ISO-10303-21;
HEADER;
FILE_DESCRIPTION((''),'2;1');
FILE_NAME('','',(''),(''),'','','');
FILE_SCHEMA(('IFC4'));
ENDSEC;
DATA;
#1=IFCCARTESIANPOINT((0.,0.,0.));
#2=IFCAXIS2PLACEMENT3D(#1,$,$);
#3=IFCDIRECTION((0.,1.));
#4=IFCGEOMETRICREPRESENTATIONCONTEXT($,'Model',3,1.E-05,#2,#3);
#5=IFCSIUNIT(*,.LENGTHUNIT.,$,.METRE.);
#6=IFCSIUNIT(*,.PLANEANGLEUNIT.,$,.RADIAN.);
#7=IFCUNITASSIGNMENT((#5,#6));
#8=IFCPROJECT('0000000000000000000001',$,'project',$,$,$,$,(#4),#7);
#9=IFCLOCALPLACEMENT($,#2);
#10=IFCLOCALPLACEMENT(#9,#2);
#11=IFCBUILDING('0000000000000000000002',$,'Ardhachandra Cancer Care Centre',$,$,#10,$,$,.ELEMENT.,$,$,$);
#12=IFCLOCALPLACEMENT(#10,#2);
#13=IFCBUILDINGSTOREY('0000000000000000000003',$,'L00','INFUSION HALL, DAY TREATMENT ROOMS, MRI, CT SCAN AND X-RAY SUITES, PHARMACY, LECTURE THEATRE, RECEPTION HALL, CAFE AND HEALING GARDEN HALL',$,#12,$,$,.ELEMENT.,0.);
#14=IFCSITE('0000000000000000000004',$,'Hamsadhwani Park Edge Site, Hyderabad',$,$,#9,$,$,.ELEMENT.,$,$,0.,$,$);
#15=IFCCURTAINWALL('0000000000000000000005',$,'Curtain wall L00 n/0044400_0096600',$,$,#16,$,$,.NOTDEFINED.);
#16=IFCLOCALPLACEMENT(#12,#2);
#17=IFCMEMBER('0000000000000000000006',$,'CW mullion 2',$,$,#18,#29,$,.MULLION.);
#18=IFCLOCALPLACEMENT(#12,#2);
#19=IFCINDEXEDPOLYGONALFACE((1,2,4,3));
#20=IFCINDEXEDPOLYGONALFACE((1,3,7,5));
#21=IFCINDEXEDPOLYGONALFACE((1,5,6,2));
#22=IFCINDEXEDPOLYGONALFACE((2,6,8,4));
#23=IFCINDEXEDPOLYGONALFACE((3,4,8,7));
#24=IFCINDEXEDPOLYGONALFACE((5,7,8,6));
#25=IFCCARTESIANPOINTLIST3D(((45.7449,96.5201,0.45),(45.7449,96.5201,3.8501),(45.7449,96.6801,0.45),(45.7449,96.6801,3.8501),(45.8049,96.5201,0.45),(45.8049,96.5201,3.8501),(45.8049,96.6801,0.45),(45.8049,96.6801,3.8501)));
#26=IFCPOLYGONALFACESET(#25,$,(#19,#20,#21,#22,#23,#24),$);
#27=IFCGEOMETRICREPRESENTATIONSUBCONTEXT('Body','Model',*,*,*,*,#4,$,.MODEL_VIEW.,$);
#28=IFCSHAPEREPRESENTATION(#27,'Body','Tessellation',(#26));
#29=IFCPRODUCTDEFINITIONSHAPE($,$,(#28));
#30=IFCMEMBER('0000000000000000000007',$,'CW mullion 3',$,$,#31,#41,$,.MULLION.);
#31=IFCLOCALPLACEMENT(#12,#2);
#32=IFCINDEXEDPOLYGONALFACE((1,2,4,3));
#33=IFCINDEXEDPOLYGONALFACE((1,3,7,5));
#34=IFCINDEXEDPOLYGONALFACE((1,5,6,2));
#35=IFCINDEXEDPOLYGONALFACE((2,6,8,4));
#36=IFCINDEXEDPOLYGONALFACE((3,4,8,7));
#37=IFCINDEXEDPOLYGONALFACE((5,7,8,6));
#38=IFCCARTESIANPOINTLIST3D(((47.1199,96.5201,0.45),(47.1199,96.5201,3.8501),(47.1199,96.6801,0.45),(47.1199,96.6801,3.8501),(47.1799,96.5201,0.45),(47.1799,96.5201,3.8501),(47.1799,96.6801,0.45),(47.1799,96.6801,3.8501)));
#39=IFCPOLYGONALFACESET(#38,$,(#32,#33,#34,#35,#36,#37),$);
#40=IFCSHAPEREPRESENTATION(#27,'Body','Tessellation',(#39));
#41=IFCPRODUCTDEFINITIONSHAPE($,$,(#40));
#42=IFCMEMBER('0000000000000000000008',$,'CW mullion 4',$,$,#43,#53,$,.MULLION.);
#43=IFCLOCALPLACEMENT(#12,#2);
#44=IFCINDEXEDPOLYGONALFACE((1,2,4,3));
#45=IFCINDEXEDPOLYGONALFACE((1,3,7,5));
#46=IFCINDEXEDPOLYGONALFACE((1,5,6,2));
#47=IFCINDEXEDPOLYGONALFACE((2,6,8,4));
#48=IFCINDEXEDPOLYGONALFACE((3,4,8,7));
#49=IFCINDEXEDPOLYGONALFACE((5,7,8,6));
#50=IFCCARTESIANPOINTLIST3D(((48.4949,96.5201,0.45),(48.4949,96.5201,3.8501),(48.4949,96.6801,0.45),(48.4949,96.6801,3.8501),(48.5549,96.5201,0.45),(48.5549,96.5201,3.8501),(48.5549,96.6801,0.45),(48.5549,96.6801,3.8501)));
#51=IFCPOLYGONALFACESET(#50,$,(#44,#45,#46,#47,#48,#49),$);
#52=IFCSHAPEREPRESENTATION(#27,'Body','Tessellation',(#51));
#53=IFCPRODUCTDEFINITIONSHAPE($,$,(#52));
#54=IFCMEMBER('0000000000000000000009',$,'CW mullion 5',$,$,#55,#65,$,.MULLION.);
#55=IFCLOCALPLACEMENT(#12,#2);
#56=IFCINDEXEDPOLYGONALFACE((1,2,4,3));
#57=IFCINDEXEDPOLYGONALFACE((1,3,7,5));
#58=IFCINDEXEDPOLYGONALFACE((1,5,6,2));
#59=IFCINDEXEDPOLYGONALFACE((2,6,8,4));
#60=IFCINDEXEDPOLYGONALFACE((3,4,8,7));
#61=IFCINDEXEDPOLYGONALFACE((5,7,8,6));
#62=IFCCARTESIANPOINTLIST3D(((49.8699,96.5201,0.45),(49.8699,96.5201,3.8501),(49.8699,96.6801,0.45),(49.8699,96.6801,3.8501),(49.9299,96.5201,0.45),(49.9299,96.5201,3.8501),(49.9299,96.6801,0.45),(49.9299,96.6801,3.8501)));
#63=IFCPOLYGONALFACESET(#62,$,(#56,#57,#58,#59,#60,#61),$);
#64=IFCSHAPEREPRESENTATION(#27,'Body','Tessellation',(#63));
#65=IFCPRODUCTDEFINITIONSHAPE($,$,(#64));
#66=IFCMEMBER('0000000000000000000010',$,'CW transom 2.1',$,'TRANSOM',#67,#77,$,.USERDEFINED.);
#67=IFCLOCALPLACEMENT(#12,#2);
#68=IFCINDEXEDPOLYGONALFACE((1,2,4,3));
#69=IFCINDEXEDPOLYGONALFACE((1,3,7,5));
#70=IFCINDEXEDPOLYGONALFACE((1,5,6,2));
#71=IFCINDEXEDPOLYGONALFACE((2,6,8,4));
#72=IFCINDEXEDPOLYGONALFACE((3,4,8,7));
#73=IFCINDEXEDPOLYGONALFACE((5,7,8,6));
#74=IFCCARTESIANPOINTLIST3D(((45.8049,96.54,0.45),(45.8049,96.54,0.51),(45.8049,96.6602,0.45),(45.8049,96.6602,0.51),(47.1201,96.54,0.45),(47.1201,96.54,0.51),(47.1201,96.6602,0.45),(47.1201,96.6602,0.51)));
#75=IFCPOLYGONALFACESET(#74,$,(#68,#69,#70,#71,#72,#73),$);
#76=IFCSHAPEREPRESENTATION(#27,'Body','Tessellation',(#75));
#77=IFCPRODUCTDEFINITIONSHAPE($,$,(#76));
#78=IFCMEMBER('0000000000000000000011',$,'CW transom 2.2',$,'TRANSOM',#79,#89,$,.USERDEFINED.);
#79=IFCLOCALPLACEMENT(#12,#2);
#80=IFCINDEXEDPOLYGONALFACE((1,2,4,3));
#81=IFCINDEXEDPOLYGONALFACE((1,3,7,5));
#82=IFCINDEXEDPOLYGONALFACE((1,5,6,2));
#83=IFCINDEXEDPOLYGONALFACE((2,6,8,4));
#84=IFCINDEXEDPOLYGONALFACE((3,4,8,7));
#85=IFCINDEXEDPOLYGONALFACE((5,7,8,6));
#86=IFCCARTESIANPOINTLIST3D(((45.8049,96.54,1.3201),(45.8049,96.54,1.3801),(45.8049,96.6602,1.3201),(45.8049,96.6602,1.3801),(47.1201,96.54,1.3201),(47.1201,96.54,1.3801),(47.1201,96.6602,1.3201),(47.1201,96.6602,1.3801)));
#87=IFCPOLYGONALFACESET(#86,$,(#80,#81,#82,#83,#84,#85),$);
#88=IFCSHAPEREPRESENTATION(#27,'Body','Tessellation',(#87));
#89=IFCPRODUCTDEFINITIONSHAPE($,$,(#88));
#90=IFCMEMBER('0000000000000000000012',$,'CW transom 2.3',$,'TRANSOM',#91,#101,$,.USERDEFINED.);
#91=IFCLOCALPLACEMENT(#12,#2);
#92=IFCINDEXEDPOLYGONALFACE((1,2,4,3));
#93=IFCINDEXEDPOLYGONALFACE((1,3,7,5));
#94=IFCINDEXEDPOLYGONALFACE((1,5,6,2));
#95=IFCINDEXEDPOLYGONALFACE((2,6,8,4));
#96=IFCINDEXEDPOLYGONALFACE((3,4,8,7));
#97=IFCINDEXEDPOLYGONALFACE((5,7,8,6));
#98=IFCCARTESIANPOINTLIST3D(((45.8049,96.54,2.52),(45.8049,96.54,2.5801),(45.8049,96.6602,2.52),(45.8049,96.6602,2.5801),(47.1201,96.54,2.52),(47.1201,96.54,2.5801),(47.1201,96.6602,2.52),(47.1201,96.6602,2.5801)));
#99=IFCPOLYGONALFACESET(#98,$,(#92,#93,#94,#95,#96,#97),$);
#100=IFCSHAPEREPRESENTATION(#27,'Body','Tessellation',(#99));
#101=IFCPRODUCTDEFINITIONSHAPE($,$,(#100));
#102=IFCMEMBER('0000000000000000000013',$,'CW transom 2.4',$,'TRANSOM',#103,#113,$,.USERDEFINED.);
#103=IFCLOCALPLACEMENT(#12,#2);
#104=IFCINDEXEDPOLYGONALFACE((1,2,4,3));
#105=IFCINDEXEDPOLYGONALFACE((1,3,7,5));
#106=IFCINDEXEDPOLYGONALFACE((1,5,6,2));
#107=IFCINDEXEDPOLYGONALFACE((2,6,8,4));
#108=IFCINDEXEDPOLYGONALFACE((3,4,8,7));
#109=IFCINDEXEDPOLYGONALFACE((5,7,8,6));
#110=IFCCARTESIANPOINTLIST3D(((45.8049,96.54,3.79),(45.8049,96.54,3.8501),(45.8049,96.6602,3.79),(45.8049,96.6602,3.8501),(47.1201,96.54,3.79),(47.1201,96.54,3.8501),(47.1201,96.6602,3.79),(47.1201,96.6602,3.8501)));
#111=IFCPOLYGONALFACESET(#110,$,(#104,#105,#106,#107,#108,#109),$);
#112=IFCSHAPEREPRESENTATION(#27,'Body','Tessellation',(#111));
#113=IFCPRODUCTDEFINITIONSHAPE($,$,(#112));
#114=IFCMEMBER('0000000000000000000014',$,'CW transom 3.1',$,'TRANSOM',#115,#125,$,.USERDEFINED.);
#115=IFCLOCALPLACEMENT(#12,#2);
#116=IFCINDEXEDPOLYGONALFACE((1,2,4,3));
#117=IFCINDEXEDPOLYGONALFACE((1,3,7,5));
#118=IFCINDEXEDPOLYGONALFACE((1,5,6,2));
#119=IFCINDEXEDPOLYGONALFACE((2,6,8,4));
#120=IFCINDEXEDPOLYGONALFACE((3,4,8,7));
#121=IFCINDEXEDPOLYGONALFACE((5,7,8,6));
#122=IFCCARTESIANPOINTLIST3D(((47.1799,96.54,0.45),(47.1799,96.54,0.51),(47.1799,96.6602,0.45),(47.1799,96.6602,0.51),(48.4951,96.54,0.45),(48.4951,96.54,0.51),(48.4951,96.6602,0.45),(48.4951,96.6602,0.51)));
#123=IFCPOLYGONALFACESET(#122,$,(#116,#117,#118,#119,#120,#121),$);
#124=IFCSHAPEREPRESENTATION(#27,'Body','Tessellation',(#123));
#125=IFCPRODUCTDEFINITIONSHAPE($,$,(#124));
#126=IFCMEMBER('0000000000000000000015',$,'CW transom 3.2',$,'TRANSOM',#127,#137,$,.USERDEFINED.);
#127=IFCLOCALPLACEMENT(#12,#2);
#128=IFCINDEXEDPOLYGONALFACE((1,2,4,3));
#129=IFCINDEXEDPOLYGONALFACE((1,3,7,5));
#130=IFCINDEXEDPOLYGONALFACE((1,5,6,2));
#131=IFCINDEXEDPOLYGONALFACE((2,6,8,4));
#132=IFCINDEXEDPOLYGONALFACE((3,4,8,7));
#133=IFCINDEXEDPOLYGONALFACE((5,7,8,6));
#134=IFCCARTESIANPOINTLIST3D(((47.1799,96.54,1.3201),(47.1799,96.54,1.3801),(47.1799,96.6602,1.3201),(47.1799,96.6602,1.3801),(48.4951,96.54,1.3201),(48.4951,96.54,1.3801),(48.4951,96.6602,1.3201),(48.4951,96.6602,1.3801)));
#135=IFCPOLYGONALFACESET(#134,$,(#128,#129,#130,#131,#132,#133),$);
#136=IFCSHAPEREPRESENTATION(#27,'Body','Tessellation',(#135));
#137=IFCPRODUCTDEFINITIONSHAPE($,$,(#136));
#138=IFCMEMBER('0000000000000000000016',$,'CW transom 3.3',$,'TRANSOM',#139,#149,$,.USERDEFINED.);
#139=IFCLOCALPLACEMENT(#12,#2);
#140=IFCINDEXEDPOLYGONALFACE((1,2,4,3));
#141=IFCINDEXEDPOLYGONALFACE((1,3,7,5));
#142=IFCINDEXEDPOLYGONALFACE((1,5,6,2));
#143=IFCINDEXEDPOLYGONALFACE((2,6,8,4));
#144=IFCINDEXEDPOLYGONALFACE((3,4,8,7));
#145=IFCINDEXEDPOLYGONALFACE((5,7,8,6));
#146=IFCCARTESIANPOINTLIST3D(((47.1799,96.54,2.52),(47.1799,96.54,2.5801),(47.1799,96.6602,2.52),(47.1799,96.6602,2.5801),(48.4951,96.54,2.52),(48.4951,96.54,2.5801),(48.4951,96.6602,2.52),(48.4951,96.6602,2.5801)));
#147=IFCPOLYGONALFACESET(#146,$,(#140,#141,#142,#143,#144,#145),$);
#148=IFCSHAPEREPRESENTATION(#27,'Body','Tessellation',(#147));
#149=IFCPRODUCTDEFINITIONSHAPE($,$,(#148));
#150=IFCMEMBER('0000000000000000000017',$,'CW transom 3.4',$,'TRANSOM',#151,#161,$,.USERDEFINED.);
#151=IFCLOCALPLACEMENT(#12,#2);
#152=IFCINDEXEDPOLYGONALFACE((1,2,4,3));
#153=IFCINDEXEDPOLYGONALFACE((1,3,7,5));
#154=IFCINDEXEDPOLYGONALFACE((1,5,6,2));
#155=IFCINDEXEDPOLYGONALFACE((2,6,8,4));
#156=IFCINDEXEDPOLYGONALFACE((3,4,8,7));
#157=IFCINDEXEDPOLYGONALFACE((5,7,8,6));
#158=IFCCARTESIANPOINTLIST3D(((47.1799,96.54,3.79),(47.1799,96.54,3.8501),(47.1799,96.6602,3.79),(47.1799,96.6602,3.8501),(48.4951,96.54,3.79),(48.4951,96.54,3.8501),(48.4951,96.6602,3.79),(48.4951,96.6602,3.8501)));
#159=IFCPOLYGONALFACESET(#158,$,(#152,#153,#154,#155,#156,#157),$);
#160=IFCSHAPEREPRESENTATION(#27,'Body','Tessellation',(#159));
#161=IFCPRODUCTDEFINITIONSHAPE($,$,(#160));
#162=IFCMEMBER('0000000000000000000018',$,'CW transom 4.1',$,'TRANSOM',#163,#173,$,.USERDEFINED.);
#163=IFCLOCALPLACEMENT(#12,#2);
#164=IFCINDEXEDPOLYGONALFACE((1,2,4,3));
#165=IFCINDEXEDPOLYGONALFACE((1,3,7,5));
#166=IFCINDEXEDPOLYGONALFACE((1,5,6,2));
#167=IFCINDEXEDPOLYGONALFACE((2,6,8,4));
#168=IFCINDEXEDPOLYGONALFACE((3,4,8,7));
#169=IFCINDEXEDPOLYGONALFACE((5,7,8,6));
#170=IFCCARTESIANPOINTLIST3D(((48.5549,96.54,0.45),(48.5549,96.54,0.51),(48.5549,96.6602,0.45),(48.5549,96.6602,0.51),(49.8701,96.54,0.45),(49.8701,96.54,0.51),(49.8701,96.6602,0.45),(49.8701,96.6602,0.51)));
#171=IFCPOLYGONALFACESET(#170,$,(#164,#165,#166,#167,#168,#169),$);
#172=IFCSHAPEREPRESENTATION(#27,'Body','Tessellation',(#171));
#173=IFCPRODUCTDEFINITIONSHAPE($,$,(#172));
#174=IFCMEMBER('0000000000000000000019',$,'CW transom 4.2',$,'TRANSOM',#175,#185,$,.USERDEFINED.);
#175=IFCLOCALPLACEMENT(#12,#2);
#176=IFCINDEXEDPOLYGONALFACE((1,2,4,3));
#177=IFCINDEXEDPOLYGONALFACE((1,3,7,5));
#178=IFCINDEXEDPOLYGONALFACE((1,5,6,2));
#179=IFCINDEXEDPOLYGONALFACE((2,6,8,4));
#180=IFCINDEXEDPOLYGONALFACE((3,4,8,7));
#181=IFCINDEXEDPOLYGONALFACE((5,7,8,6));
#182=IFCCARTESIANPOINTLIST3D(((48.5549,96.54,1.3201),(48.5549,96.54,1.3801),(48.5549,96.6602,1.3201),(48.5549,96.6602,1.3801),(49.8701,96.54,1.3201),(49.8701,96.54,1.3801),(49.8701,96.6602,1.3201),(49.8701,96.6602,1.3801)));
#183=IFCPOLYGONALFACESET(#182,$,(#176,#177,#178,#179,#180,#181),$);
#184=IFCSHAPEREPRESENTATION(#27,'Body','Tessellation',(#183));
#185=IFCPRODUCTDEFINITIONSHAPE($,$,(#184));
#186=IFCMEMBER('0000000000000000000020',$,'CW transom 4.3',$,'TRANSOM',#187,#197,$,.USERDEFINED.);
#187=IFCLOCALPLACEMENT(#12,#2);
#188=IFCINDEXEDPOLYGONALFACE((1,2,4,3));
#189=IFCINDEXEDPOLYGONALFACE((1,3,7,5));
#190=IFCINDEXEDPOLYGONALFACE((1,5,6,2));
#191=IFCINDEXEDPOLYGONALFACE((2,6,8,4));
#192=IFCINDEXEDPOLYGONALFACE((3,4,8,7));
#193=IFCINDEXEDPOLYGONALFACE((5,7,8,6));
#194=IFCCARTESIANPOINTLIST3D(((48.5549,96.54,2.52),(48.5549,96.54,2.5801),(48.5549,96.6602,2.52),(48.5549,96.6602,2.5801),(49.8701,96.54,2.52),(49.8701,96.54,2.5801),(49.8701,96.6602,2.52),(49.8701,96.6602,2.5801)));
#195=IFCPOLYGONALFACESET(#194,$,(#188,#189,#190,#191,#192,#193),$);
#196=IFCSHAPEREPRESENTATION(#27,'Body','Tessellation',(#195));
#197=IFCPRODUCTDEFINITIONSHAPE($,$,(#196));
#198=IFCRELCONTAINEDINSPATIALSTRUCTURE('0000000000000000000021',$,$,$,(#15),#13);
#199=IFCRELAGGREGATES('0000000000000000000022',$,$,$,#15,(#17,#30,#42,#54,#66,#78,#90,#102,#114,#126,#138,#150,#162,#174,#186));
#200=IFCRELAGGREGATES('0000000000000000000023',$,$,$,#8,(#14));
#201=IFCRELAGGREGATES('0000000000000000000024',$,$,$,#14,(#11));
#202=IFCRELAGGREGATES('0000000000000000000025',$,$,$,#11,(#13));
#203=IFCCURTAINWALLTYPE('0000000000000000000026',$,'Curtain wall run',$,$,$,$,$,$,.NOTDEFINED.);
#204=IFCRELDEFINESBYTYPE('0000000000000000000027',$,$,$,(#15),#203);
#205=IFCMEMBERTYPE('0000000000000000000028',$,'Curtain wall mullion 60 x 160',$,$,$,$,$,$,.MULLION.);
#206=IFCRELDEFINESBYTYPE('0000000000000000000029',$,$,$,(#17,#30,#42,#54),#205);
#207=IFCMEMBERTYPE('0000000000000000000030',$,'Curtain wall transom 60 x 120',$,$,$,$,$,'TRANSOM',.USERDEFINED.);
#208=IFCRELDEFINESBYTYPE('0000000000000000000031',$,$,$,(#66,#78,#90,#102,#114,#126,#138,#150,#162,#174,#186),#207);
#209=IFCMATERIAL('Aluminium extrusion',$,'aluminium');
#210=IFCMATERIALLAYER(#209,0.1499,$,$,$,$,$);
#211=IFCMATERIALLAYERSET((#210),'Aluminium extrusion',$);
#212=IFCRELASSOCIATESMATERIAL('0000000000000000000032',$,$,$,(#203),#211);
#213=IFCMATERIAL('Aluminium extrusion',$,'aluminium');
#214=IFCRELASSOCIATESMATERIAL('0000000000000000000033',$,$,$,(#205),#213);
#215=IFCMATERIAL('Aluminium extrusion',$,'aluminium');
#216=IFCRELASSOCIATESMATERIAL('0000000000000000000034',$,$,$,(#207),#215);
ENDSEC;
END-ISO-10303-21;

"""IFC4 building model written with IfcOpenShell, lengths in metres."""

from ifc_helpers import new_model, si_unit, direction, frame, origin, origin_2d, place, context, subcontext, project, spatial, rectangle, extrude, material, layer, layer_set, material_profile, profile_set, type_object, element, aggregate, save


model = new_model("IFC4")

# Units and contexts
model_context = context("Model", 3, precision=1e-05, world=origin(), true_north=direction((0.0, 1.0)))
body_context = subcontext(model_context, "Body", "Model", "MODEL_VIEW")
ifc_project = project(units=[si_unit("LENGTHUNIT", "METRE"), si_unit("PLANEANGLEUNIT", "RADIAN")], contexts=[model_context])

# Site, building, storey
site_placement = place(None, origin())
site = spatial("IfcSite", under=ifc_project, at=site_placement, Name="Hamsadhwani Park Edge Site, Hyderabad", CompositionType="ELEMENT", RefElevation=0.0)
building_placement = place(site_placement, origin())
building = spatial("IfcBuilding", under=site, at=building_placement, Name="Ardhachandra Cancer Care Centre", CompositionType="ELEMENT")
storey_placement = place(building_placement, origin())
storey = spatial("IfcBuildingStorey", under=building, at=storey_placement, Name="L00", Description="INFUSION HALL, DAY TREATMENT ROOMS, MRI, CT SCAN AND X-RAY SUITES, PHARMACY, LECTURE THEATRE, RECEPTION HALL, CAFE AND HEALING GARDEN HALL", CompositionType="ELEMENT", Elevation=0.0)

# Curtain wall, members
ifc_material_1 = material(Name="Aluminium extrusion", Category="aluminium")
ifc_layer_1 = layer(ifc_material_1, 0.1499)
ifc_layer_set_1 = layer_set([ifc_layer_1], Name="Aluminium extrusion")
curtain_wall_type = type_object("IfcCurtainWallType", Name="Curtain wall run", PredefinedType="NOTDEFINED", material=ifc_layer_set_1)
curtain_wall_placement = place(storey_placement, origin())
curtain_wall = element("IfcCurtainWall", 1, at=curtain_wall_placement, inside=storey, type_object=curtain_wall_type, Name="Curtain wall L00 n/0044400_0096600", PredefinedType="NOTDEFINED")
ifc_material_2 = material(Name="Aluminium extrusion", Category="aluminium")
ifc_material_profile_1 = material_profile(ifc_material_2, rectangle(XDim=0.1599, YDim=0.0601, at=origin_2d()), Name="Curtain wall mullion 60 x 160")
ifc_profile_set_1 = profile_set([ifc_material_profile_1], Name="Aluminium extrusion")
member_type_1 = type_object("IfcMemberType", Name="Curtain wall mullion 60 x 160", PredefinedType="MULLION", material=ifc_profile_set_1)
member_1_placement = place(storey_placement, frame((45.7749, 96.6001, 0.45), z_axis=(0.0, 0.0, 1.0), x_axis=(0.0, 1.0, 0.0)))
member_1 = element("IfcMember", 2, at=member_1_placement, type_object=member_type_1, Name="CW mullion 2", PredefinedType="MULLION", context=body_context, shape_type="SweptSolid", body=[
    extrude(rectangle(XDim=0.1599, YDim=0.0601, at=origin_2d()), origin(), (0.0, 0.0, 1.0), 3.4001),
])
member_2_placement = place(storey_placement, frame((47.1499, 96.6001, 0.45), z_axis=(0.0, 0.0, 1.0), x_axis=(0.0, 1.0, 0.0)))
member_2 = element("IfcMember", 3, at=member_2_placement, type_object=member_type_1, Name="CW mullion 3", PredefinedType="MULLION", context=body_context, shape_type="SweptSolid", body=[
    extrude(rectangle(XDim=0.1599, YDim=0.0601, at=origin_2d()), origin(), (0.0, 0.0, 1.0), 3.4001),
])
member_3_placement = place(storey_placement, frame((48.5249, 96.6001, 0.45), z_axis=(0.0, 0.0, 1.0), x_axis=(0.0, 1.0, 0.0)))
member_3 = element("IfcMember", 4, at=member_3_placement, type_object=member_type_1, Name="CW mullion 4", PredefinedType="MULLION", context=body_context, shape_type="SweptSolid", body=[
    extrude(rectangle(XDim=0.1599, YDim=0.0601, at=origin_2d()), origin(), (0.0, 0.0, 1.0), 3.4001),
])
member_4_placement = place(storey_placement, frame((49.8999, 96.6001, 0.45), z_axis=(0.0, 0.0, 1.0), x_axis=(0.0, 1.0, 0.0)))
member_4 = element("IfcMember", 5, at=member_4_placement, type_object=member_type_1, Name="CW mullion 5", PredefinedType="MULLION", context=body_context, shape_type="SweptSolid", body=[
    extrude(rectangle(XDim=0.1599, YDim=0.0601, at=origin_2d()), origin(), (0.0, 0.0, 1.0), 3.4001),
])
ifc_material_3 = material(Name="Aluminium extrusion", Category="aluminium")
ifc_material_profile_2 = material_profile(ifc_material_3, rectangle(XDim=0.1201, YDim=0.0601, at=origin_2d()), Name="Curtain wall transom 60 x 120")
ifc_profile_set_2 = profile_set([ifc_material_profile_2], Name="Aluminium extrusion")
member_type_2 = type_object("IfcMemberType", Name="Curtain wall transom 60 x 120", ElementType="TRANSOM", PredefinedType="USERDEFINED", material=ifc_profile_set_2)
member_5_placement = place(storey_placement, frame((45.8049, 96.6001, 0.48), z_axis=(1.0, 0.0, 0.0), x_axis=(0.0, 1.0, 0.0)))
member_5 = element("IfcMember", 6, at=member_5_placement, type_object=member_type_2, Name="CW transom 2.1", ObjectType="TRANSOM", PredefinedType="USERDEFINED", context=body_context, shape_type="SweptSolid", body=[
    extrude(rectangle(XDim=0.1201, YDim=0.0601, at=origin_2d()), origin(), (0.0, 0.0, 1.0), 1.3152),
])
member_6_placement = place(storey_placement, frame((45.8049, 96.6001, 1.3501), z_axis=(1.0, 0.0, 0.0), x_axis=(0.0, 1.0, 0.0)))
member_6 = element("IfcMember", 7, at=member_6_placement, type_object=member_type_2, Name="CW transom 2.2", ObjectType="TRANSOM", PredefinedType="USERDEFINED", context=body_context, shape_type="SweptSolid", body=[
    extrude(rectangle(XDim=0.1201, YDim=0.0601, at=origin_2d()), origin(), (0.0, 0.0, 1.0), 1.3152),
])
member_7_placement = place(storey_placement, frame((45.8049, 96.6001, 2.55), z_axis=(1.0, 0.0, 0.0), x_axis=(0.0, 1.0, 0.0)))
member_7 = element("IfcMember", 8, at=member_7_placement, type_object=member_type_2, Name="CW transom 2.3", ObjectType="TRANSOM", PredefinedType="USERDEFINED", context=body_context, shape_type="SweptSolid", body=[
    extrude(rectangle(XDim=0.1201, YDim=0.0601, at=origin_2d()), origin(), (0.0, 0.0, 1.0), 1.3152),
])
member_8_placement = place(storey_placement, frame((45.8049, 96.6001, 3.8201), z_axis=(1.0, 0.0, 0.0), x_axis=(0.0, 1.0, 0.0)))
member_8 = element("IfcMember", 9, at=member_8_placement, type_object=member_type_2, Name="CW transom 2.4", ObjectType="TRANSOM", PredefinedType="USERDEFINED", context=body_context, shape_type="SweptSolid", body=[
    extrude(rectangle(XDim=0.1201, YDim=0.0601, at=origin_2d()), origin(), (0.0, 0.0, 1.0), 1.3152),
])
member_9_placement = place(storey_placement, frame((47.1799, 96.6001, 0.48), z_axis=(1.0, 0.0, 0.0), x_axis=(0.0, 1.0, 0.0)))
member_9 = element("IfcMember", 10, at=member_9_placement, type_object=member_type_2, Name="CW transom 3.1", ObjectType="TRANSOM", PredefinedType="USERDEFINED", context=body_context, shape_type="SweptSolid", body=[
    extrude(rectangle(XDim=0.1201, YDim=0.0601, at=origin_2d()), origin(), (0.0, 0.0, 1.0), 1.3152),
])
member_10_placement = place(storey_placement, frame((47.1799, 96.6001, 1.3501), z_axis=(1.0, 0.0, 0.0), x_axis=(0.0, 1.0, 0.0)))
member_10 = element("IfcMember", 11, at=member_10_placement, type_object=member_type_2, Name="CW transom 3.2", ObjectType="TRANSOM", PredefinedType="USERDEFINED", context=body_context, shape_type="SweptSolid", body=[
    extrude(rectangle(XDim=0.1201, YDim=0.0601, at=origin_2d()), origin(), (0.0, 0.0, 1.0), 1.3152),
])
member_11_placement = place(storey_placement, frame((47.1799, 96.6001, 2.55), z_axis=(1.0, 0.0, 0.0), x_axis=(0.0, 1.0, 0.0)))
member_11 = element("IfcMember", 12, at=member_11_placement, type_object=member_type_2, Name="CW transom 3.3", ObjectType="TRANSOM", PredefinedType="USERDEFINED", context=body_context, shape_type="SweptSolid", body=[
    extrude(rectangle(XDim=0.1201, YDim=0.0601, at=origin_2d()), origin(), (0.0, 0.0, 1.0), 1.3152),
])
member_12_placement = place(storey_placement, frame((47.1799, 96.6001, 3.8201), z_axis=(1.0, 0.0, 0.0), x_axis=(0.0, 1.0, 0.0)))
member_12 = element("IfcMember", 13, at=member_12_placement, type_object=member_type_2, Name="CW transom 3.4", ObjectType="TRANSOM", PredefinedType="USERDEFINED", context=body_context, shape_type="SweptSolid", body=[
    extrude(rectangle(XDim=0.1201, YDim=0.0601, at=origin_2d()), origin(), (0.0, 0.0, 1.0), 1.3152),
])
member_13_placement = place(storey_placement, frame((48.5549, 96.6001, 0.48), z_axis=(1.0, 0.0, 0.0), x_axis=(0.0, 1.0, 0.0)))
member_13 = element("IfcMember", 14, at=member_13_placement, type_object=member_type_2, Name="CW transom 4.1", ObjectType="TRANSOM", PredefinedType="USERDEFINED", context=body_context, shape_type="SweptSolid", body=[
    extrude(rectangle(XDim=0.1201, YDim=0.0601, at=origin_2d()), origin(), (0.0, 0.0, 1.0), 1.3152),
])
member_14_placement = place(storey_placement, frame((48.5549, 96.6001, 1.3501), z_axis=(1.0, 0.0, 0.0), x_axis=(0.0, 1.0, 0.0)))
member_14 = element("IfcMember", 15, at=member_14_placement, type_object=member_type_2, Name="CW transom 4.2", ObjectType="TRANSOM", PredefinedType="USERDEFINED", context=body_context, shape_type="SweptSolid", body=[
    extrude(rectangle(XDim=0.1201, YDim=0.0601, at=origin_2d()), origin(), (0.0, 0.0, 1.0), 1.3152),
])
member_15_placement = place(storey_placement, frame((48.5549, 96.6001, 2.55), z_axis=(1.0, 0.0, 0.0), x_axis=(0.0, 1.0, 0.0)))
member_15 = element("IfcMember", 16, at=member_15_placement, type_object=member_type_2, Name="CW transom 4.3", ObjectType="TRANSOM", PredefinedType="USERDEFINED", context=body_context, shape_type="SweptSolid", body=[
    extrude(rectangle(XDim=0.1201, YDim=0.0601, at=origin_2d()), origin(), (0.0, 0.0, 1.0), 1.3152),
])
aggregate(curtain_wall, [member_1, member_2, member_3, member_4, member_5, member_6, member_7, member_8, member_9, member_10, member_11, member_12, member_13, member_14, member_15])

save(model, "model.ifc")
